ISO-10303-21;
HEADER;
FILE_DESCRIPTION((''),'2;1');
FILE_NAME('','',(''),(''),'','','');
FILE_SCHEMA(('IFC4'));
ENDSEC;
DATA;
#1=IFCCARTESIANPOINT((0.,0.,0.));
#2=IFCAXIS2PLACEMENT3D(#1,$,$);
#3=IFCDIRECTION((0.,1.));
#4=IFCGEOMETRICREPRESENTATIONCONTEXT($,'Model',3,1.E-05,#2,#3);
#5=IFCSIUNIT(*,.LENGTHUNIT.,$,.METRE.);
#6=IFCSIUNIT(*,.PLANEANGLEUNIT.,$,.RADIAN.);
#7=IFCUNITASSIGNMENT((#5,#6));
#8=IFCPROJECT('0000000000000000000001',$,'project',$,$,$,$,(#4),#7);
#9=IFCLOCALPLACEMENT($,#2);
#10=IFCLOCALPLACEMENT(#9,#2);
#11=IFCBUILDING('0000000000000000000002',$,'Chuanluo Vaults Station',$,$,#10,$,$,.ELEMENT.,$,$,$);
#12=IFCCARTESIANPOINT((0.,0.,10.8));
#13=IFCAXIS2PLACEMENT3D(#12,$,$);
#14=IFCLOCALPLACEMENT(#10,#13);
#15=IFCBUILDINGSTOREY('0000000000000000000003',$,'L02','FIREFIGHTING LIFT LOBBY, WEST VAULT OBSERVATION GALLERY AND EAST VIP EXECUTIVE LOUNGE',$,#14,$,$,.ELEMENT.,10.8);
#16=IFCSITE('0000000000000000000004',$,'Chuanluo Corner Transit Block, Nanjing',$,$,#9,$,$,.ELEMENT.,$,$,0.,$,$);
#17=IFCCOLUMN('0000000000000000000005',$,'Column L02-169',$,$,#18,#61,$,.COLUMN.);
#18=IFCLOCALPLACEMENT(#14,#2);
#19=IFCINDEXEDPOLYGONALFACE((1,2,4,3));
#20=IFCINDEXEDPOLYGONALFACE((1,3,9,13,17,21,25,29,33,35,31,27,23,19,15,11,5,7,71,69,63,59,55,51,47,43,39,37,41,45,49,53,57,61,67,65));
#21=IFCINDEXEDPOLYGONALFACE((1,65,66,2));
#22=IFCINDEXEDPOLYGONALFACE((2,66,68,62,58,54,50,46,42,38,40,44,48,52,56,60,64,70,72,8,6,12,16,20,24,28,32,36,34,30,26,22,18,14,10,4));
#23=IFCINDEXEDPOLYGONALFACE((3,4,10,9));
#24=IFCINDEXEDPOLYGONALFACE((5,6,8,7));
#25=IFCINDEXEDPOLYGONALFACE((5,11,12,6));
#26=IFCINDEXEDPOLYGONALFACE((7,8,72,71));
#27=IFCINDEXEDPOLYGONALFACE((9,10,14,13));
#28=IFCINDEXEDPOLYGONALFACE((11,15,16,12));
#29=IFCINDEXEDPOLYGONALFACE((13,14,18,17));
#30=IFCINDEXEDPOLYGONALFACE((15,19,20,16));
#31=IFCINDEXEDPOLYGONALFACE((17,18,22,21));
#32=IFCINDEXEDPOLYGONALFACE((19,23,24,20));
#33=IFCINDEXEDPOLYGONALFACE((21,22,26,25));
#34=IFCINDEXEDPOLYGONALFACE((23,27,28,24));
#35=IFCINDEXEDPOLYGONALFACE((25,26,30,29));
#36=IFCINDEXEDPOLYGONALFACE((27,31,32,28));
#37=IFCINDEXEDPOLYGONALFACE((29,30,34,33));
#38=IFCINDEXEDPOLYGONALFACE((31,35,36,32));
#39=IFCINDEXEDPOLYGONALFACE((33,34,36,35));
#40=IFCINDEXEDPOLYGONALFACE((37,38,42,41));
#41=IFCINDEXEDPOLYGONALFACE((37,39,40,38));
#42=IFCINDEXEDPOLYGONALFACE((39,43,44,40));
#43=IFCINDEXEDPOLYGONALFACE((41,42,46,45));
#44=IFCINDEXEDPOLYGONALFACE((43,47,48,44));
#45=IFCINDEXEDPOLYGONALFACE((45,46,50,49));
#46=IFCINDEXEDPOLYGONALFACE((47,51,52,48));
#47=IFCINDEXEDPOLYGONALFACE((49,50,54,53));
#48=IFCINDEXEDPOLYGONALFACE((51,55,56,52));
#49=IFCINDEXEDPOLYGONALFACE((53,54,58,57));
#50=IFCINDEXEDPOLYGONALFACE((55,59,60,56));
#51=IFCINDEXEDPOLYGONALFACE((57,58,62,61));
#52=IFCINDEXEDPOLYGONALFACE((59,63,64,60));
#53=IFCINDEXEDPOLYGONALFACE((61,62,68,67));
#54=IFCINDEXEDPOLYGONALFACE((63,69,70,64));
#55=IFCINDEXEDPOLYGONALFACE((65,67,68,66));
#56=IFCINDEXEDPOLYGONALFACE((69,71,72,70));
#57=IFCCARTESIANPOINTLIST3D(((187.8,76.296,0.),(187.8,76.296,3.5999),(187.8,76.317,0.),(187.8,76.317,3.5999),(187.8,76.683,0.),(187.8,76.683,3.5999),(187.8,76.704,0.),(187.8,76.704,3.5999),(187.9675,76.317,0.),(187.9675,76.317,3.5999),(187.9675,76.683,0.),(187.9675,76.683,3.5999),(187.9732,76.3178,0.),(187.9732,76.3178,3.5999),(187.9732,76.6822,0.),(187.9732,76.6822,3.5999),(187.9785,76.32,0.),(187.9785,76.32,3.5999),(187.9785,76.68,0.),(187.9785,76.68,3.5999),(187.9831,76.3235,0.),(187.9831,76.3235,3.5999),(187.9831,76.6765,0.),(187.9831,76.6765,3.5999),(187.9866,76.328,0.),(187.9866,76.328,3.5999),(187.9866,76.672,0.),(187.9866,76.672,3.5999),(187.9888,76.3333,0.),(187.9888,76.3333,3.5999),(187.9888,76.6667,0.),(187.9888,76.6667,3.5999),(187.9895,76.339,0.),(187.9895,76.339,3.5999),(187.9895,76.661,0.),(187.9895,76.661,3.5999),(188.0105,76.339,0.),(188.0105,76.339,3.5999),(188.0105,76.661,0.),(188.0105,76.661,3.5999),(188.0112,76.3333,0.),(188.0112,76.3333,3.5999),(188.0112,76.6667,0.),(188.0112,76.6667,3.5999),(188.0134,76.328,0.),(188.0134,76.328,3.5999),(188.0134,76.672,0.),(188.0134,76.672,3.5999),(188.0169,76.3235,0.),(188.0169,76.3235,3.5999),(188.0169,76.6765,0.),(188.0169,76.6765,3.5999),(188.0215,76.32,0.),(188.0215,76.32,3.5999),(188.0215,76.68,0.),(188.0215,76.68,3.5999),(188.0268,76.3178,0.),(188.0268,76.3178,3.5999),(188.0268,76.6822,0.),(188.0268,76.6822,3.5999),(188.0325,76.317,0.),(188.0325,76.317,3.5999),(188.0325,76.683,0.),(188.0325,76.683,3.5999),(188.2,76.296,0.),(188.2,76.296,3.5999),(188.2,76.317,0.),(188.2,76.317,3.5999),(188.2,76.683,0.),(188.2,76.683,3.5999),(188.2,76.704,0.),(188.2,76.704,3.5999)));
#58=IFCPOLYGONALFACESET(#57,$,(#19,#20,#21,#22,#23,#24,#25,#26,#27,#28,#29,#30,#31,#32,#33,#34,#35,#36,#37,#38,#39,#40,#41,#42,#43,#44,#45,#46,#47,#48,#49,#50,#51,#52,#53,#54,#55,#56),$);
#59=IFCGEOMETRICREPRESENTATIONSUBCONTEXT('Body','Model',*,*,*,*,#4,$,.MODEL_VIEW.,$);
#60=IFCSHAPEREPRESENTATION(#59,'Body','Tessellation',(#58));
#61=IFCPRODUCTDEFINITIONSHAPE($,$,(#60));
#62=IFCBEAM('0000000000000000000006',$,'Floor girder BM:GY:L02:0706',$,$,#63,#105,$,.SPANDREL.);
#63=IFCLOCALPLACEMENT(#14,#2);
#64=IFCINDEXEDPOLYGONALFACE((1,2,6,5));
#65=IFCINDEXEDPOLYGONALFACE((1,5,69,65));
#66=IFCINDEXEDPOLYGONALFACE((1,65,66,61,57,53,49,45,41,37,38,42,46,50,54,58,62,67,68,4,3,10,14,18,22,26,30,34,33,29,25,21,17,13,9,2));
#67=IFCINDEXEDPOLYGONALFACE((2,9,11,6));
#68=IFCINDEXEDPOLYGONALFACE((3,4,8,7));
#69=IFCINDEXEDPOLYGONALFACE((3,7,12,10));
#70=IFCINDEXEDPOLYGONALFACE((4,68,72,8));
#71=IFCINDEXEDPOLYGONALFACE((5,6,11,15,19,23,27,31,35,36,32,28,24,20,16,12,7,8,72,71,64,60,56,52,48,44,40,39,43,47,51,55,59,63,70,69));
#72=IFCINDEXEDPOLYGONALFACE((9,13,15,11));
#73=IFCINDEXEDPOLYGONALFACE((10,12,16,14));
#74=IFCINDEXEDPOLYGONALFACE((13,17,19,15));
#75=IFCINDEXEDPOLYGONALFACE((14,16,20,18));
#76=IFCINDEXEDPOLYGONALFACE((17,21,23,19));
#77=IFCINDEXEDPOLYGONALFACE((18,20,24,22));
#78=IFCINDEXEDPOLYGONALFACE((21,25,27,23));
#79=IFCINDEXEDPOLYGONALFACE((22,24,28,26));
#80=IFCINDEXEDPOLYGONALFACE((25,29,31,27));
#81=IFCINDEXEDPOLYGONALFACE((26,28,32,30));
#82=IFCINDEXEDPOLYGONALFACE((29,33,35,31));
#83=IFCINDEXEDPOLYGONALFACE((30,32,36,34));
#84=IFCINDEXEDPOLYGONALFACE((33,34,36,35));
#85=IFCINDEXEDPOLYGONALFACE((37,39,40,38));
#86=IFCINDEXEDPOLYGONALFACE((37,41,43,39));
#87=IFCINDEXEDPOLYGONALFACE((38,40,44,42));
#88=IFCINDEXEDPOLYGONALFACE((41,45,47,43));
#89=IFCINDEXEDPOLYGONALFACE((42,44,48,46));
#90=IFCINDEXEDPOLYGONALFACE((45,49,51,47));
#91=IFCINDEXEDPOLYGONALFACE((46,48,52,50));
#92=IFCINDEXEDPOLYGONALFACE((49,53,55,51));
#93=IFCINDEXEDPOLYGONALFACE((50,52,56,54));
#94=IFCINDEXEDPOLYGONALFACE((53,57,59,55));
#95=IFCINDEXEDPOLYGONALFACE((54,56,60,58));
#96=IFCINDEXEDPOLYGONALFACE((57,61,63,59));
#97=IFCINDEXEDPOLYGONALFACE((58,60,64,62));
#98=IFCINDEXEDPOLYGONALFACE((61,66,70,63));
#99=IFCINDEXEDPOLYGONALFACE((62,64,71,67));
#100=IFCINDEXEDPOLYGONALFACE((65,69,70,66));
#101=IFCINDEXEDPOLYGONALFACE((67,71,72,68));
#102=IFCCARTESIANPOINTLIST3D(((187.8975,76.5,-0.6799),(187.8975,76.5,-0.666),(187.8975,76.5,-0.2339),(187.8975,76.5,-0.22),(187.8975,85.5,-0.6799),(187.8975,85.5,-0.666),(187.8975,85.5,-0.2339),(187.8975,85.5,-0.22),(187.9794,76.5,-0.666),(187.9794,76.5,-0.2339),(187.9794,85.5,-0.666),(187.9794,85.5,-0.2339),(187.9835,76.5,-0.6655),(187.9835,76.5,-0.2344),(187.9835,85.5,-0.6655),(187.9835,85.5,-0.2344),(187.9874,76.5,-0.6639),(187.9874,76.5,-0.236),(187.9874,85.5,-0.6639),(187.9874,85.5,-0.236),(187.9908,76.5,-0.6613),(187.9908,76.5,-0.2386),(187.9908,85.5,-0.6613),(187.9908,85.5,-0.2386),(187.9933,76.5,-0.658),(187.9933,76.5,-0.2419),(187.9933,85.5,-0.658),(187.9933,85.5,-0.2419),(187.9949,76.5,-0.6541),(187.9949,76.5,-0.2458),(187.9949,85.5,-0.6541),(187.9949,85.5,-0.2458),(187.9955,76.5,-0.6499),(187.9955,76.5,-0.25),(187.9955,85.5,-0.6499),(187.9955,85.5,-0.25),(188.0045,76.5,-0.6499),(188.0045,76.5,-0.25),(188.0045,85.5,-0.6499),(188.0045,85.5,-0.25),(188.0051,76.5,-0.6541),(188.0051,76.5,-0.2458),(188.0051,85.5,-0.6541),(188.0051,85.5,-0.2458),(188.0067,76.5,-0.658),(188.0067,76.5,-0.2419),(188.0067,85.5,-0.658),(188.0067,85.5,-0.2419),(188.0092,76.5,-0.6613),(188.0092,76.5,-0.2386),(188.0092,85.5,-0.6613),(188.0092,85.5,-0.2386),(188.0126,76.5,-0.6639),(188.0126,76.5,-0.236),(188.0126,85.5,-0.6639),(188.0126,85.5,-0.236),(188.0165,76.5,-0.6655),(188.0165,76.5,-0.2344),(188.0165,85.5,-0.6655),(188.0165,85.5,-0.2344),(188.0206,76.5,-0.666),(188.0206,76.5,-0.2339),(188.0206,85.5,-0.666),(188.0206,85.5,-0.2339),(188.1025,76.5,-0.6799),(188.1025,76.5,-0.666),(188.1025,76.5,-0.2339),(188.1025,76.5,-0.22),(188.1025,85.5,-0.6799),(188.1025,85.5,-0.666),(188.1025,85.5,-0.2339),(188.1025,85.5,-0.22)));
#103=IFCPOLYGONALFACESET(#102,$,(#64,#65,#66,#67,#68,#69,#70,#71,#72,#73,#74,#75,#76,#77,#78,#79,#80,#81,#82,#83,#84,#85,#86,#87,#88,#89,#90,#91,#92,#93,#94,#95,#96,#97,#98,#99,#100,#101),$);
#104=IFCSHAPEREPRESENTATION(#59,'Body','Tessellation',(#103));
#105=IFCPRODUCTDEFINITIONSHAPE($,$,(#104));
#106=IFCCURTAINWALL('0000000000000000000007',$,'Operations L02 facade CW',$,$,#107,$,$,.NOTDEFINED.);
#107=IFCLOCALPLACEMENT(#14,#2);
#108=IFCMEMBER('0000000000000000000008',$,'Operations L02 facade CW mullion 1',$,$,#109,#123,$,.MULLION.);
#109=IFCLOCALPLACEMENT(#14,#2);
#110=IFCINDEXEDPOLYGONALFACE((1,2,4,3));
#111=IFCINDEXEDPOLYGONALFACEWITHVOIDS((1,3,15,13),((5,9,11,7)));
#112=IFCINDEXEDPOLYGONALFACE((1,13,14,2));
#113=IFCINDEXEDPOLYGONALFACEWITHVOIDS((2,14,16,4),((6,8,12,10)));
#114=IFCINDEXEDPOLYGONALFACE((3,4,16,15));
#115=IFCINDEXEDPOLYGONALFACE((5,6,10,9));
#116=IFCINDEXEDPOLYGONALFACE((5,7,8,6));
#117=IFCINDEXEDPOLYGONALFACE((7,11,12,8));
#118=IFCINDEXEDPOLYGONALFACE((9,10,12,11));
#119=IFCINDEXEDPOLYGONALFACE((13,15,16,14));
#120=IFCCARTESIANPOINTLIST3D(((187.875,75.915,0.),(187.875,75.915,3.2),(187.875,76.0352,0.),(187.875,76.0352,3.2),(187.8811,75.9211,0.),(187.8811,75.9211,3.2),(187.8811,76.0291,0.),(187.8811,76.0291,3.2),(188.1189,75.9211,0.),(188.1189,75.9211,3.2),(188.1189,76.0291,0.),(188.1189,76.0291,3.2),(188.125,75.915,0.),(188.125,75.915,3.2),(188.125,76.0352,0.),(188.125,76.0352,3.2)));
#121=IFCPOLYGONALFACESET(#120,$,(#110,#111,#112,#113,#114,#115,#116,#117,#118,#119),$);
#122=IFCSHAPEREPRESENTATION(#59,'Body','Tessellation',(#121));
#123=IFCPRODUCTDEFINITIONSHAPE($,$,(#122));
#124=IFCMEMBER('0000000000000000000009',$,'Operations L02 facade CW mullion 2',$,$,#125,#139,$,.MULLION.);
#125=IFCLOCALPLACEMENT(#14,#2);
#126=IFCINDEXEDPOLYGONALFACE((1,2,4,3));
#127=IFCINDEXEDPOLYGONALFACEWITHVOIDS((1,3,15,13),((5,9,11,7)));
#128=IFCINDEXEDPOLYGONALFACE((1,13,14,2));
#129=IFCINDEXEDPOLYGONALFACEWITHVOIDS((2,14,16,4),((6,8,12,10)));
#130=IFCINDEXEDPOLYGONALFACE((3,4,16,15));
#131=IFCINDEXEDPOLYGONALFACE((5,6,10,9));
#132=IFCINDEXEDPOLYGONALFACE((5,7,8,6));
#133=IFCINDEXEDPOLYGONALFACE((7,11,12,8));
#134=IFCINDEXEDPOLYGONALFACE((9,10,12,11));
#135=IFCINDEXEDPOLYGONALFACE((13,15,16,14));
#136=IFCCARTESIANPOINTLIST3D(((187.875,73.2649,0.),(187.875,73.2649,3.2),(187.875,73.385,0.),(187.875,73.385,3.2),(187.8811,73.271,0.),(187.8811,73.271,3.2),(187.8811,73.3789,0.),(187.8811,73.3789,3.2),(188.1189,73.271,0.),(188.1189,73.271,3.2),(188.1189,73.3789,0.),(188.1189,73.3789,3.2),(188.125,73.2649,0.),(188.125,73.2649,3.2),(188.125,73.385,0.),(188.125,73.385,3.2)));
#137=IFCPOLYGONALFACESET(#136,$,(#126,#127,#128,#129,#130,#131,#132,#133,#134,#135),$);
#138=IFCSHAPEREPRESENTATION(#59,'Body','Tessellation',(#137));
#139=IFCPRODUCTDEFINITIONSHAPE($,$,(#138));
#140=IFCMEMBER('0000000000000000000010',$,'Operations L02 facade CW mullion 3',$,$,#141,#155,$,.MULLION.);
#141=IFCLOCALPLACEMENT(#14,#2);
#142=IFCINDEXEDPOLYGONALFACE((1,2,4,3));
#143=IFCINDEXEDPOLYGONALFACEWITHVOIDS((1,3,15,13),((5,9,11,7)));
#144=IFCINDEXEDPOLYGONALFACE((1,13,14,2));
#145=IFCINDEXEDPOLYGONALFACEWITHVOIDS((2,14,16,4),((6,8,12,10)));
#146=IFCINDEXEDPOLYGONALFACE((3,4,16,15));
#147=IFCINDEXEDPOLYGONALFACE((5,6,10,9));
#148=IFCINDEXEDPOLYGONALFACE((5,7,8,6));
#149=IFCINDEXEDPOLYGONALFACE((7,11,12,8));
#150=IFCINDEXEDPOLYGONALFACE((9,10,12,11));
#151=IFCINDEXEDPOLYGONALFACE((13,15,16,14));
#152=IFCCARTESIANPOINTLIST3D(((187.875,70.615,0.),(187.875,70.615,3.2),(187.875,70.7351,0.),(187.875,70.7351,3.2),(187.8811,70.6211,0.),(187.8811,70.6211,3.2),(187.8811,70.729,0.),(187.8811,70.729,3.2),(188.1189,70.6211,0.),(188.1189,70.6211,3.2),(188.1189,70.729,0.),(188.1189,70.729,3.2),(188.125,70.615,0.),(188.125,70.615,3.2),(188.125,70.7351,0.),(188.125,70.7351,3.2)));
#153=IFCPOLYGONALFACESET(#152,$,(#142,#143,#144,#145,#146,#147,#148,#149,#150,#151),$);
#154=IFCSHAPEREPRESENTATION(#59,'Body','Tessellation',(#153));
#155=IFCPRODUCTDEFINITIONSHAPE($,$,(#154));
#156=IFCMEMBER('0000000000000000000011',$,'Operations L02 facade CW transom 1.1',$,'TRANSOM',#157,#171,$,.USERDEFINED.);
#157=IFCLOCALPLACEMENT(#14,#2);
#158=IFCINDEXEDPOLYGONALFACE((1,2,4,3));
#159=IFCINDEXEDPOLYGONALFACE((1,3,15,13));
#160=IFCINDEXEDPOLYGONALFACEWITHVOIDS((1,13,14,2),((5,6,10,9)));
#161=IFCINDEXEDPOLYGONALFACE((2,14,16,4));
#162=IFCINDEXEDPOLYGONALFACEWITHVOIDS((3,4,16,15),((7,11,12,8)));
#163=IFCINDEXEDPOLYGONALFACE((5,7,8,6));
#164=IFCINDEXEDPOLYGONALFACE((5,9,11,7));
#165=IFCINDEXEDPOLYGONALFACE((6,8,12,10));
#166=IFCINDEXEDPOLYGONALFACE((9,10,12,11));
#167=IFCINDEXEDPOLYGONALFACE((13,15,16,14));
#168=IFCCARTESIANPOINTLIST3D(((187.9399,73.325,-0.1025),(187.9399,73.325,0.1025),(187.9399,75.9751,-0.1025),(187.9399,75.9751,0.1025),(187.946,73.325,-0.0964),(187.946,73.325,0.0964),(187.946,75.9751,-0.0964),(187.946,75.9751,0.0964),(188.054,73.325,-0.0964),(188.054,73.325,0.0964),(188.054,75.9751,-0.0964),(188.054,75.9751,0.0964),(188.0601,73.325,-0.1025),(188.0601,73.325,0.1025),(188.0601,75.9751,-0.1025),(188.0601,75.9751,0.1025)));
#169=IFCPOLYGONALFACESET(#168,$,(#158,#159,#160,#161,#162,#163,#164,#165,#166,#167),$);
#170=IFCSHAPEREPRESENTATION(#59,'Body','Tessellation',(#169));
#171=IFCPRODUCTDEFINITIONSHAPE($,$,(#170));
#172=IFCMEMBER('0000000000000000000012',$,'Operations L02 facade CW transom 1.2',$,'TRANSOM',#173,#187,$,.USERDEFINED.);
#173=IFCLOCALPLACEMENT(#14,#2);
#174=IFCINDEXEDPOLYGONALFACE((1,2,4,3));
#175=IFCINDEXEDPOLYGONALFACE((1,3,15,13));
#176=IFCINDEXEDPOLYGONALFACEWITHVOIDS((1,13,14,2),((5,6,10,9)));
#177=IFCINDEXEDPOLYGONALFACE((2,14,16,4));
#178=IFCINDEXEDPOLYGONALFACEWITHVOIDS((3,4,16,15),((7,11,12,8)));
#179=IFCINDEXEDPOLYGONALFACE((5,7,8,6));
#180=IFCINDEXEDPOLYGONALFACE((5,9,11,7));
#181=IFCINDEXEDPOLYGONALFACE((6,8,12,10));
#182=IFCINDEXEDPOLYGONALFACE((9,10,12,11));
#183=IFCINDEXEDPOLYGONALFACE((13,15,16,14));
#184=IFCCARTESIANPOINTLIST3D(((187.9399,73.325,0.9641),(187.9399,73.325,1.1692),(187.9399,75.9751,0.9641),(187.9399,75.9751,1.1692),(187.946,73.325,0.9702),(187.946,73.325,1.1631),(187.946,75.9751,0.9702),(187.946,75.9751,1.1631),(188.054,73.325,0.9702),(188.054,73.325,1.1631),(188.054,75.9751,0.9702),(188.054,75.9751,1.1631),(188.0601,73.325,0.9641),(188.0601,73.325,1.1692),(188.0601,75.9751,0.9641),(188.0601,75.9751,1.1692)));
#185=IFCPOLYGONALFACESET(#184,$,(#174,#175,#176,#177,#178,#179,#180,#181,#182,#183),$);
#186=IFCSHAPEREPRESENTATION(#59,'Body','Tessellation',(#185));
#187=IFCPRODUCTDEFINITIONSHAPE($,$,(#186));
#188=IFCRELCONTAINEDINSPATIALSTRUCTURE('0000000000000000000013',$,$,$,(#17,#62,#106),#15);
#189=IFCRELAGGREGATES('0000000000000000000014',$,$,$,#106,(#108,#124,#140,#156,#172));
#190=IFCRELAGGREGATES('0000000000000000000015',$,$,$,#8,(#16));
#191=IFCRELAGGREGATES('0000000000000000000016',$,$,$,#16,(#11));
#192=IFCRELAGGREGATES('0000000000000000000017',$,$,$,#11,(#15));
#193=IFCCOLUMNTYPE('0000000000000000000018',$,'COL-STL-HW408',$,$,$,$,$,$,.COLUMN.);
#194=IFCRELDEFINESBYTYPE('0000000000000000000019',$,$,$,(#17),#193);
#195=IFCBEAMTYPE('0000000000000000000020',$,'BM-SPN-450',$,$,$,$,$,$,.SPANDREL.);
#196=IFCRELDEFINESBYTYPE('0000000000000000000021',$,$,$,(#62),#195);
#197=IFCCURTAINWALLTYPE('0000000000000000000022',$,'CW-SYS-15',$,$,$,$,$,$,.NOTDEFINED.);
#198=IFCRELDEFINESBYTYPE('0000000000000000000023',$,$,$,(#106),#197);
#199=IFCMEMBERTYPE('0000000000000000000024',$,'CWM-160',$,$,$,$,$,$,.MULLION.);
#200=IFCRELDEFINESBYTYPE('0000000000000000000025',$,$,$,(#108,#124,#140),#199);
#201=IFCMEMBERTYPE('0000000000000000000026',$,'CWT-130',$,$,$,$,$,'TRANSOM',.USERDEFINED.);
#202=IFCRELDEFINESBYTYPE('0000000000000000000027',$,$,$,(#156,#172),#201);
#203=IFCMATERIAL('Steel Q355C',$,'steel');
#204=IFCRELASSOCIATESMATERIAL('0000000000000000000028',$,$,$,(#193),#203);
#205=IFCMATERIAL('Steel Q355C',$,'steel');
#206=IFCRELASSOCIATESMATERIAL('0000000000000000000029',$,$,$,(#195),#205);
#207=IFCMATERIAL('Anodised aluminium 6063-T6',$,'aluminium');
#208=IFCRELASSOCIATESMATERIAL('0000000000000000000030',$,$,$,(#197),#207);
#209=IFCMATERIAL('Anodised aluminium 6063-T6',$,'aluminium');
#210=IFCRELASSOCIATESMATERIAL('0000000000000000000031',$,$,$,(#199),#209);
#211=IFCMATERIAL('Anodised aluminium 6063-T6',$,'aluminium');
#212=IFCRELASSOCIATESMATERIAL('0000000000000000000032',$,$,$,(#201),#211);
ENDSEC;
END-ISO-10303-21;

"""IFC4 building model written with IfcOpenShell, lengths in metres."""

from ifc_helpers import new_model, si_unit, direction, frame, origin, origin_2d, place, context, subcontext, project, spatial, hollow_rectangle, i_section, extrude, material, material_profile, profile_set, type_object, element, aggregate, save


model = new_model("IFC4")

# Units and contexts
model_context = context("Model", 3, precision=1e-05, world=origin(), true_north=direction((0.0, 1.0)))
body_context = subcontext(model_context, "Body", "Model", "MODEL_VIEW")
ifc_project = project(units=[si_unit("LENGTHUNIT", "METRE"), si_unit("PLANEANGLEUNIT", "RADIAN")], contexts=[model_context])

# Site, building, storey
site_placement = place(None, origin())
site = spatial("IfcSite", under=ifc_project, at=site_placement, Name="Chuanluo Corner Transit Block, Nanjing", CompositionType="ELEMENT", RefElevation=0.0)
building_placement = place(site_placement, origin())
building = spatial("IfcBuilding", under=site, at=building_placement, Name="Chuanluo Vaults Station", CompositionType="ELEMENT")
storey_placement = place(building_placement, frame((0.0, 0.0, 10.8)))
storey = spatial("IfcBuildingStorey", under=building, at=storey_placement, Name="L02", Description="FIREFIGHTING LIFT LOBBY, WEST VAULT OBSERVATION GALLERY AND EAST VIP EXECUTIVE LOUNGE", CompositionType="ELEMENT", Elevation=10.8)

# Column
ifc_material_1 = material(Name="Steel Q355C", Category="steel")
ifc_material_profile_1 = material_profile(ifc_material_1, i_section(OverallWidth=0.3999, OverallDepth=0.408, WebThickness=0.021, FlangeThickness=0.021, FilletRadius=0.022, at=origin_2d()))
ifc_profile_set_1 = profile_set([ifc_material_profile_1], Name="Steel Q355C")
column_type = type_object("IfcColumnType", Name="COL-STL-HW408", PredefinedType="COLUMN", material=ifc_profile_set_1)
column_placement = place(storey_placement, frame((188.0, 76.5, 0.0), z_axis=(0.0, 0.0, 1.0), x_axis=(1.0, 0.0, 0.0)))
element("IfcColumn", 1, at=column_placement, inside=storey, type_object=column_type, Name="Column L02-169", PredefinedType="COLUMN", context=body_context, shape_type="SweptSolid", body=[
    extrude(i_section(OverallWidth=0.3999, OverallDepth=0.408, WebThickness=0.021, FlangeThickness=0.021, FilletRadius=0.022, at=origin_2d()), origin(), (0.0, 0.0, 1.0), 3.5999),
])

# Beam
ifc_material_2 = material(Name="Steel Q355C", Category="steel")
ifc_material_profile_2 = material_profile(ifc_material_2, i_section(OverallWidth=0.2051, OverallDepth=0.46, WebThickness=0.009, FlangeThickness=0.0139, FilletRadius=0.0161, at=origin_2d()))
ifc_profile_set_2 = profile_set([ifc_material_profile_2], Name="Steel Q355C")
beam_type = type_object("IfcBeamType", Name="BM-SPN-450", PredefinedType="SPANDREL", material=ifc_profile_set_2)
beam_placement = place(storey_placement, frame((188.0, 76.5, -0.45), z_axis=(0.0, 1.0, 0.0), x_axis=(-1.0, 0.0, 0.0)))
element("IfcBeam", 2, at=beam_placement, inside=storey, type_object=beam_type, Name="Floor girder BM:GY:L02:0706", PredefinedType="SPANDREL", context=body_context, shape_type="SweptSolid", body=[
    extrude(i_section(OverallWidth=0.2051, OverallDepth=0.46, WebThickness=0.009, FlangeThickness=0.0139, FilletRadius=0.0161, at=origin_2d()), origin(), (0.0, 0.0, 1.0), 9.0),
])

# Curtain wall, members
ifc_material_3 = material(Name="Anodised aluminium 6063-T6", Category="aluminium")
curtain_wall_type = type_object("IfcCurtainWallType", Name="CW-SYS-15", PredefinedType="NOTDEFINED", material=ifc_material_3)
curtain_wall_placement = place(storey_placement, origin())
curtain_wall = element("IfcCurtainWall", 3, at=curtain_wall_placement, inside=storey, type_object=curtain_wall_type, Name="Operations L02 facade CW", PredefinedType="NOTDEFINED")
ifc_material_4 = material(Name="Anodised aluminium 6063-T6", Category="aluminium")
ifc_material_profile_3 = material_profile(ifc_material_4, hollow_rectangle(XDim=0.1201, YDim=0.25, WallThickness=0.0061, at=origin_2d()))
ifc_profile_set_3 = profile_set([ifc_material_profile_3], Name="Anodised aluminium 6063-T6")
member_type_1 = type_object("IfcMemberType", Name="CWM-160", PredefinedType="MULLION", material=ifc_profile_set_3)
member_1_placement = place(storey_placement, frame((188.0, 75.9751, 0.0), z_axis=(0.0, 0.0, 1.0), x_axis=(0.0, -1.0, 0.0)))
member_1 = element("IfcMember", 4, at=member_1_placement, type_object=member_type_1, Name="Operations L02 facade CW mullion 1", PredefinedType="MULLION", context=body_context, shape_type="SweptSolid", body=[
    extrude(hollow_rectangle(XDim=0.1201, YDim=0.25, WallThickness=0.0061, at=origin_2d()), origin(), (0.0, 0.0, 1.0), 3.2),
])
member_2_placement = place(storey_placement, frame((188.0, 73.325, 0.0), z_axis=(0.0, 0.0, 1.0), x_axis=(0.0, -1.0, 0.0)))
member_2 = element("IfcMember", 5, at=member_2_placement, type_object=member_type_1, Name="Operations L02 facade CW mullion 2", PredefinedType="MULLION", context=body_context, shape_type="SweptSolid", body=[
    extrude(hollow_rectangle(XDim=0.1201, YDim=0.25, WallThickness=0.0061, at=origin_2d()), origin(), (0.0, 0.0, 1.0), 3.2),
])
member_3_placement = place(storey_placement, frame((188.0, 70.675, 0.0), z_axis=(0.0, 0.0, 1.0), x_axis=(0.0, -1.0, 0.0)))
member_3 = element("IfcMember", 6, at=member_3_placement, type_object=member_type_1, Name="Operations L02 facade CW mullion 3", PredefinedType="MULLION", context=body_context, shape_type="SweptSolid", body=[
    extrude(hollow_rectangle(XDim=0.1201, YDim=0.25, WallThickness=0.0061, at=origin_2d()), origin(), (0.0, 0.0, 1.0), 3.2),
])
ifc_material_5 = material(Name="Anodised aluminium 6063-T6", Category="aluminium")
ifc_material_profile_4 = material_profile(ifc_material_5, hollow_rectangle(XDim=0.1201, YDim=0.2051, WallThickness=0.0061, at=origin_2d()))
ifc_profile_set_4 = profile_set([ifc_material_profile_4], Name="Anodised aluminium 6063-T6")
member_type_2 = type_object("IfcMemberType", Name="CWT-130", ElementType="TRANSOM", PredefinedType="USERDEFINED", material=ifc_profile_set_4)
member_4_placement = place(storey_placement, frame((188.0, 75.9751, 0.0), z_axis=(0.0, -1.0, 0.0), x_axis=(1.0, 0.0, 0.0)))
member_4 = element("IfcMember", 7, at=member_4_placement, type_object=member_type_2, Name="Operations L02 facade CW transom 1.1", ObjectType="TRANSOM", PredefinedType="USERDEFINED", context=body_context, shape_type="SweptSolid", body=[
    extrude(hollow_rectangle(XDim=0.1201, YDim=0.2051, WallThickness=0.0061, at=origin_2d()), origin(), (0.0, 0.0, 1.0), 2.6501),
])
member_5_placement = place(storey_placement, frame((188.0, 75.9751, 1.0667), z_axis=(0.0, -1.0, 0.0), x_axis=(1.0, 0.0, 0.0)))
member_5 = element("IfcMember", 8, at=member_5_placement, type_object=member_type_2, Name="Operations L02 facade CW transom 1.2", ObjectType="TRANSOM", PredefinedType="USERDEFINED", context=body_context, shape_type="SweptSolid", body=[
    extrude(hollow_rectangle(XDim=0.1201, YDim=0.2051, WallThickness=0.0061, at=origin_2d()), origin(), (0.0, 0.0, 1.0), 2.6501),
])
aggregate(curtain_wall, [member_1, member_2, member_3, member_4, member_5])

save(model, "model.ifc")
